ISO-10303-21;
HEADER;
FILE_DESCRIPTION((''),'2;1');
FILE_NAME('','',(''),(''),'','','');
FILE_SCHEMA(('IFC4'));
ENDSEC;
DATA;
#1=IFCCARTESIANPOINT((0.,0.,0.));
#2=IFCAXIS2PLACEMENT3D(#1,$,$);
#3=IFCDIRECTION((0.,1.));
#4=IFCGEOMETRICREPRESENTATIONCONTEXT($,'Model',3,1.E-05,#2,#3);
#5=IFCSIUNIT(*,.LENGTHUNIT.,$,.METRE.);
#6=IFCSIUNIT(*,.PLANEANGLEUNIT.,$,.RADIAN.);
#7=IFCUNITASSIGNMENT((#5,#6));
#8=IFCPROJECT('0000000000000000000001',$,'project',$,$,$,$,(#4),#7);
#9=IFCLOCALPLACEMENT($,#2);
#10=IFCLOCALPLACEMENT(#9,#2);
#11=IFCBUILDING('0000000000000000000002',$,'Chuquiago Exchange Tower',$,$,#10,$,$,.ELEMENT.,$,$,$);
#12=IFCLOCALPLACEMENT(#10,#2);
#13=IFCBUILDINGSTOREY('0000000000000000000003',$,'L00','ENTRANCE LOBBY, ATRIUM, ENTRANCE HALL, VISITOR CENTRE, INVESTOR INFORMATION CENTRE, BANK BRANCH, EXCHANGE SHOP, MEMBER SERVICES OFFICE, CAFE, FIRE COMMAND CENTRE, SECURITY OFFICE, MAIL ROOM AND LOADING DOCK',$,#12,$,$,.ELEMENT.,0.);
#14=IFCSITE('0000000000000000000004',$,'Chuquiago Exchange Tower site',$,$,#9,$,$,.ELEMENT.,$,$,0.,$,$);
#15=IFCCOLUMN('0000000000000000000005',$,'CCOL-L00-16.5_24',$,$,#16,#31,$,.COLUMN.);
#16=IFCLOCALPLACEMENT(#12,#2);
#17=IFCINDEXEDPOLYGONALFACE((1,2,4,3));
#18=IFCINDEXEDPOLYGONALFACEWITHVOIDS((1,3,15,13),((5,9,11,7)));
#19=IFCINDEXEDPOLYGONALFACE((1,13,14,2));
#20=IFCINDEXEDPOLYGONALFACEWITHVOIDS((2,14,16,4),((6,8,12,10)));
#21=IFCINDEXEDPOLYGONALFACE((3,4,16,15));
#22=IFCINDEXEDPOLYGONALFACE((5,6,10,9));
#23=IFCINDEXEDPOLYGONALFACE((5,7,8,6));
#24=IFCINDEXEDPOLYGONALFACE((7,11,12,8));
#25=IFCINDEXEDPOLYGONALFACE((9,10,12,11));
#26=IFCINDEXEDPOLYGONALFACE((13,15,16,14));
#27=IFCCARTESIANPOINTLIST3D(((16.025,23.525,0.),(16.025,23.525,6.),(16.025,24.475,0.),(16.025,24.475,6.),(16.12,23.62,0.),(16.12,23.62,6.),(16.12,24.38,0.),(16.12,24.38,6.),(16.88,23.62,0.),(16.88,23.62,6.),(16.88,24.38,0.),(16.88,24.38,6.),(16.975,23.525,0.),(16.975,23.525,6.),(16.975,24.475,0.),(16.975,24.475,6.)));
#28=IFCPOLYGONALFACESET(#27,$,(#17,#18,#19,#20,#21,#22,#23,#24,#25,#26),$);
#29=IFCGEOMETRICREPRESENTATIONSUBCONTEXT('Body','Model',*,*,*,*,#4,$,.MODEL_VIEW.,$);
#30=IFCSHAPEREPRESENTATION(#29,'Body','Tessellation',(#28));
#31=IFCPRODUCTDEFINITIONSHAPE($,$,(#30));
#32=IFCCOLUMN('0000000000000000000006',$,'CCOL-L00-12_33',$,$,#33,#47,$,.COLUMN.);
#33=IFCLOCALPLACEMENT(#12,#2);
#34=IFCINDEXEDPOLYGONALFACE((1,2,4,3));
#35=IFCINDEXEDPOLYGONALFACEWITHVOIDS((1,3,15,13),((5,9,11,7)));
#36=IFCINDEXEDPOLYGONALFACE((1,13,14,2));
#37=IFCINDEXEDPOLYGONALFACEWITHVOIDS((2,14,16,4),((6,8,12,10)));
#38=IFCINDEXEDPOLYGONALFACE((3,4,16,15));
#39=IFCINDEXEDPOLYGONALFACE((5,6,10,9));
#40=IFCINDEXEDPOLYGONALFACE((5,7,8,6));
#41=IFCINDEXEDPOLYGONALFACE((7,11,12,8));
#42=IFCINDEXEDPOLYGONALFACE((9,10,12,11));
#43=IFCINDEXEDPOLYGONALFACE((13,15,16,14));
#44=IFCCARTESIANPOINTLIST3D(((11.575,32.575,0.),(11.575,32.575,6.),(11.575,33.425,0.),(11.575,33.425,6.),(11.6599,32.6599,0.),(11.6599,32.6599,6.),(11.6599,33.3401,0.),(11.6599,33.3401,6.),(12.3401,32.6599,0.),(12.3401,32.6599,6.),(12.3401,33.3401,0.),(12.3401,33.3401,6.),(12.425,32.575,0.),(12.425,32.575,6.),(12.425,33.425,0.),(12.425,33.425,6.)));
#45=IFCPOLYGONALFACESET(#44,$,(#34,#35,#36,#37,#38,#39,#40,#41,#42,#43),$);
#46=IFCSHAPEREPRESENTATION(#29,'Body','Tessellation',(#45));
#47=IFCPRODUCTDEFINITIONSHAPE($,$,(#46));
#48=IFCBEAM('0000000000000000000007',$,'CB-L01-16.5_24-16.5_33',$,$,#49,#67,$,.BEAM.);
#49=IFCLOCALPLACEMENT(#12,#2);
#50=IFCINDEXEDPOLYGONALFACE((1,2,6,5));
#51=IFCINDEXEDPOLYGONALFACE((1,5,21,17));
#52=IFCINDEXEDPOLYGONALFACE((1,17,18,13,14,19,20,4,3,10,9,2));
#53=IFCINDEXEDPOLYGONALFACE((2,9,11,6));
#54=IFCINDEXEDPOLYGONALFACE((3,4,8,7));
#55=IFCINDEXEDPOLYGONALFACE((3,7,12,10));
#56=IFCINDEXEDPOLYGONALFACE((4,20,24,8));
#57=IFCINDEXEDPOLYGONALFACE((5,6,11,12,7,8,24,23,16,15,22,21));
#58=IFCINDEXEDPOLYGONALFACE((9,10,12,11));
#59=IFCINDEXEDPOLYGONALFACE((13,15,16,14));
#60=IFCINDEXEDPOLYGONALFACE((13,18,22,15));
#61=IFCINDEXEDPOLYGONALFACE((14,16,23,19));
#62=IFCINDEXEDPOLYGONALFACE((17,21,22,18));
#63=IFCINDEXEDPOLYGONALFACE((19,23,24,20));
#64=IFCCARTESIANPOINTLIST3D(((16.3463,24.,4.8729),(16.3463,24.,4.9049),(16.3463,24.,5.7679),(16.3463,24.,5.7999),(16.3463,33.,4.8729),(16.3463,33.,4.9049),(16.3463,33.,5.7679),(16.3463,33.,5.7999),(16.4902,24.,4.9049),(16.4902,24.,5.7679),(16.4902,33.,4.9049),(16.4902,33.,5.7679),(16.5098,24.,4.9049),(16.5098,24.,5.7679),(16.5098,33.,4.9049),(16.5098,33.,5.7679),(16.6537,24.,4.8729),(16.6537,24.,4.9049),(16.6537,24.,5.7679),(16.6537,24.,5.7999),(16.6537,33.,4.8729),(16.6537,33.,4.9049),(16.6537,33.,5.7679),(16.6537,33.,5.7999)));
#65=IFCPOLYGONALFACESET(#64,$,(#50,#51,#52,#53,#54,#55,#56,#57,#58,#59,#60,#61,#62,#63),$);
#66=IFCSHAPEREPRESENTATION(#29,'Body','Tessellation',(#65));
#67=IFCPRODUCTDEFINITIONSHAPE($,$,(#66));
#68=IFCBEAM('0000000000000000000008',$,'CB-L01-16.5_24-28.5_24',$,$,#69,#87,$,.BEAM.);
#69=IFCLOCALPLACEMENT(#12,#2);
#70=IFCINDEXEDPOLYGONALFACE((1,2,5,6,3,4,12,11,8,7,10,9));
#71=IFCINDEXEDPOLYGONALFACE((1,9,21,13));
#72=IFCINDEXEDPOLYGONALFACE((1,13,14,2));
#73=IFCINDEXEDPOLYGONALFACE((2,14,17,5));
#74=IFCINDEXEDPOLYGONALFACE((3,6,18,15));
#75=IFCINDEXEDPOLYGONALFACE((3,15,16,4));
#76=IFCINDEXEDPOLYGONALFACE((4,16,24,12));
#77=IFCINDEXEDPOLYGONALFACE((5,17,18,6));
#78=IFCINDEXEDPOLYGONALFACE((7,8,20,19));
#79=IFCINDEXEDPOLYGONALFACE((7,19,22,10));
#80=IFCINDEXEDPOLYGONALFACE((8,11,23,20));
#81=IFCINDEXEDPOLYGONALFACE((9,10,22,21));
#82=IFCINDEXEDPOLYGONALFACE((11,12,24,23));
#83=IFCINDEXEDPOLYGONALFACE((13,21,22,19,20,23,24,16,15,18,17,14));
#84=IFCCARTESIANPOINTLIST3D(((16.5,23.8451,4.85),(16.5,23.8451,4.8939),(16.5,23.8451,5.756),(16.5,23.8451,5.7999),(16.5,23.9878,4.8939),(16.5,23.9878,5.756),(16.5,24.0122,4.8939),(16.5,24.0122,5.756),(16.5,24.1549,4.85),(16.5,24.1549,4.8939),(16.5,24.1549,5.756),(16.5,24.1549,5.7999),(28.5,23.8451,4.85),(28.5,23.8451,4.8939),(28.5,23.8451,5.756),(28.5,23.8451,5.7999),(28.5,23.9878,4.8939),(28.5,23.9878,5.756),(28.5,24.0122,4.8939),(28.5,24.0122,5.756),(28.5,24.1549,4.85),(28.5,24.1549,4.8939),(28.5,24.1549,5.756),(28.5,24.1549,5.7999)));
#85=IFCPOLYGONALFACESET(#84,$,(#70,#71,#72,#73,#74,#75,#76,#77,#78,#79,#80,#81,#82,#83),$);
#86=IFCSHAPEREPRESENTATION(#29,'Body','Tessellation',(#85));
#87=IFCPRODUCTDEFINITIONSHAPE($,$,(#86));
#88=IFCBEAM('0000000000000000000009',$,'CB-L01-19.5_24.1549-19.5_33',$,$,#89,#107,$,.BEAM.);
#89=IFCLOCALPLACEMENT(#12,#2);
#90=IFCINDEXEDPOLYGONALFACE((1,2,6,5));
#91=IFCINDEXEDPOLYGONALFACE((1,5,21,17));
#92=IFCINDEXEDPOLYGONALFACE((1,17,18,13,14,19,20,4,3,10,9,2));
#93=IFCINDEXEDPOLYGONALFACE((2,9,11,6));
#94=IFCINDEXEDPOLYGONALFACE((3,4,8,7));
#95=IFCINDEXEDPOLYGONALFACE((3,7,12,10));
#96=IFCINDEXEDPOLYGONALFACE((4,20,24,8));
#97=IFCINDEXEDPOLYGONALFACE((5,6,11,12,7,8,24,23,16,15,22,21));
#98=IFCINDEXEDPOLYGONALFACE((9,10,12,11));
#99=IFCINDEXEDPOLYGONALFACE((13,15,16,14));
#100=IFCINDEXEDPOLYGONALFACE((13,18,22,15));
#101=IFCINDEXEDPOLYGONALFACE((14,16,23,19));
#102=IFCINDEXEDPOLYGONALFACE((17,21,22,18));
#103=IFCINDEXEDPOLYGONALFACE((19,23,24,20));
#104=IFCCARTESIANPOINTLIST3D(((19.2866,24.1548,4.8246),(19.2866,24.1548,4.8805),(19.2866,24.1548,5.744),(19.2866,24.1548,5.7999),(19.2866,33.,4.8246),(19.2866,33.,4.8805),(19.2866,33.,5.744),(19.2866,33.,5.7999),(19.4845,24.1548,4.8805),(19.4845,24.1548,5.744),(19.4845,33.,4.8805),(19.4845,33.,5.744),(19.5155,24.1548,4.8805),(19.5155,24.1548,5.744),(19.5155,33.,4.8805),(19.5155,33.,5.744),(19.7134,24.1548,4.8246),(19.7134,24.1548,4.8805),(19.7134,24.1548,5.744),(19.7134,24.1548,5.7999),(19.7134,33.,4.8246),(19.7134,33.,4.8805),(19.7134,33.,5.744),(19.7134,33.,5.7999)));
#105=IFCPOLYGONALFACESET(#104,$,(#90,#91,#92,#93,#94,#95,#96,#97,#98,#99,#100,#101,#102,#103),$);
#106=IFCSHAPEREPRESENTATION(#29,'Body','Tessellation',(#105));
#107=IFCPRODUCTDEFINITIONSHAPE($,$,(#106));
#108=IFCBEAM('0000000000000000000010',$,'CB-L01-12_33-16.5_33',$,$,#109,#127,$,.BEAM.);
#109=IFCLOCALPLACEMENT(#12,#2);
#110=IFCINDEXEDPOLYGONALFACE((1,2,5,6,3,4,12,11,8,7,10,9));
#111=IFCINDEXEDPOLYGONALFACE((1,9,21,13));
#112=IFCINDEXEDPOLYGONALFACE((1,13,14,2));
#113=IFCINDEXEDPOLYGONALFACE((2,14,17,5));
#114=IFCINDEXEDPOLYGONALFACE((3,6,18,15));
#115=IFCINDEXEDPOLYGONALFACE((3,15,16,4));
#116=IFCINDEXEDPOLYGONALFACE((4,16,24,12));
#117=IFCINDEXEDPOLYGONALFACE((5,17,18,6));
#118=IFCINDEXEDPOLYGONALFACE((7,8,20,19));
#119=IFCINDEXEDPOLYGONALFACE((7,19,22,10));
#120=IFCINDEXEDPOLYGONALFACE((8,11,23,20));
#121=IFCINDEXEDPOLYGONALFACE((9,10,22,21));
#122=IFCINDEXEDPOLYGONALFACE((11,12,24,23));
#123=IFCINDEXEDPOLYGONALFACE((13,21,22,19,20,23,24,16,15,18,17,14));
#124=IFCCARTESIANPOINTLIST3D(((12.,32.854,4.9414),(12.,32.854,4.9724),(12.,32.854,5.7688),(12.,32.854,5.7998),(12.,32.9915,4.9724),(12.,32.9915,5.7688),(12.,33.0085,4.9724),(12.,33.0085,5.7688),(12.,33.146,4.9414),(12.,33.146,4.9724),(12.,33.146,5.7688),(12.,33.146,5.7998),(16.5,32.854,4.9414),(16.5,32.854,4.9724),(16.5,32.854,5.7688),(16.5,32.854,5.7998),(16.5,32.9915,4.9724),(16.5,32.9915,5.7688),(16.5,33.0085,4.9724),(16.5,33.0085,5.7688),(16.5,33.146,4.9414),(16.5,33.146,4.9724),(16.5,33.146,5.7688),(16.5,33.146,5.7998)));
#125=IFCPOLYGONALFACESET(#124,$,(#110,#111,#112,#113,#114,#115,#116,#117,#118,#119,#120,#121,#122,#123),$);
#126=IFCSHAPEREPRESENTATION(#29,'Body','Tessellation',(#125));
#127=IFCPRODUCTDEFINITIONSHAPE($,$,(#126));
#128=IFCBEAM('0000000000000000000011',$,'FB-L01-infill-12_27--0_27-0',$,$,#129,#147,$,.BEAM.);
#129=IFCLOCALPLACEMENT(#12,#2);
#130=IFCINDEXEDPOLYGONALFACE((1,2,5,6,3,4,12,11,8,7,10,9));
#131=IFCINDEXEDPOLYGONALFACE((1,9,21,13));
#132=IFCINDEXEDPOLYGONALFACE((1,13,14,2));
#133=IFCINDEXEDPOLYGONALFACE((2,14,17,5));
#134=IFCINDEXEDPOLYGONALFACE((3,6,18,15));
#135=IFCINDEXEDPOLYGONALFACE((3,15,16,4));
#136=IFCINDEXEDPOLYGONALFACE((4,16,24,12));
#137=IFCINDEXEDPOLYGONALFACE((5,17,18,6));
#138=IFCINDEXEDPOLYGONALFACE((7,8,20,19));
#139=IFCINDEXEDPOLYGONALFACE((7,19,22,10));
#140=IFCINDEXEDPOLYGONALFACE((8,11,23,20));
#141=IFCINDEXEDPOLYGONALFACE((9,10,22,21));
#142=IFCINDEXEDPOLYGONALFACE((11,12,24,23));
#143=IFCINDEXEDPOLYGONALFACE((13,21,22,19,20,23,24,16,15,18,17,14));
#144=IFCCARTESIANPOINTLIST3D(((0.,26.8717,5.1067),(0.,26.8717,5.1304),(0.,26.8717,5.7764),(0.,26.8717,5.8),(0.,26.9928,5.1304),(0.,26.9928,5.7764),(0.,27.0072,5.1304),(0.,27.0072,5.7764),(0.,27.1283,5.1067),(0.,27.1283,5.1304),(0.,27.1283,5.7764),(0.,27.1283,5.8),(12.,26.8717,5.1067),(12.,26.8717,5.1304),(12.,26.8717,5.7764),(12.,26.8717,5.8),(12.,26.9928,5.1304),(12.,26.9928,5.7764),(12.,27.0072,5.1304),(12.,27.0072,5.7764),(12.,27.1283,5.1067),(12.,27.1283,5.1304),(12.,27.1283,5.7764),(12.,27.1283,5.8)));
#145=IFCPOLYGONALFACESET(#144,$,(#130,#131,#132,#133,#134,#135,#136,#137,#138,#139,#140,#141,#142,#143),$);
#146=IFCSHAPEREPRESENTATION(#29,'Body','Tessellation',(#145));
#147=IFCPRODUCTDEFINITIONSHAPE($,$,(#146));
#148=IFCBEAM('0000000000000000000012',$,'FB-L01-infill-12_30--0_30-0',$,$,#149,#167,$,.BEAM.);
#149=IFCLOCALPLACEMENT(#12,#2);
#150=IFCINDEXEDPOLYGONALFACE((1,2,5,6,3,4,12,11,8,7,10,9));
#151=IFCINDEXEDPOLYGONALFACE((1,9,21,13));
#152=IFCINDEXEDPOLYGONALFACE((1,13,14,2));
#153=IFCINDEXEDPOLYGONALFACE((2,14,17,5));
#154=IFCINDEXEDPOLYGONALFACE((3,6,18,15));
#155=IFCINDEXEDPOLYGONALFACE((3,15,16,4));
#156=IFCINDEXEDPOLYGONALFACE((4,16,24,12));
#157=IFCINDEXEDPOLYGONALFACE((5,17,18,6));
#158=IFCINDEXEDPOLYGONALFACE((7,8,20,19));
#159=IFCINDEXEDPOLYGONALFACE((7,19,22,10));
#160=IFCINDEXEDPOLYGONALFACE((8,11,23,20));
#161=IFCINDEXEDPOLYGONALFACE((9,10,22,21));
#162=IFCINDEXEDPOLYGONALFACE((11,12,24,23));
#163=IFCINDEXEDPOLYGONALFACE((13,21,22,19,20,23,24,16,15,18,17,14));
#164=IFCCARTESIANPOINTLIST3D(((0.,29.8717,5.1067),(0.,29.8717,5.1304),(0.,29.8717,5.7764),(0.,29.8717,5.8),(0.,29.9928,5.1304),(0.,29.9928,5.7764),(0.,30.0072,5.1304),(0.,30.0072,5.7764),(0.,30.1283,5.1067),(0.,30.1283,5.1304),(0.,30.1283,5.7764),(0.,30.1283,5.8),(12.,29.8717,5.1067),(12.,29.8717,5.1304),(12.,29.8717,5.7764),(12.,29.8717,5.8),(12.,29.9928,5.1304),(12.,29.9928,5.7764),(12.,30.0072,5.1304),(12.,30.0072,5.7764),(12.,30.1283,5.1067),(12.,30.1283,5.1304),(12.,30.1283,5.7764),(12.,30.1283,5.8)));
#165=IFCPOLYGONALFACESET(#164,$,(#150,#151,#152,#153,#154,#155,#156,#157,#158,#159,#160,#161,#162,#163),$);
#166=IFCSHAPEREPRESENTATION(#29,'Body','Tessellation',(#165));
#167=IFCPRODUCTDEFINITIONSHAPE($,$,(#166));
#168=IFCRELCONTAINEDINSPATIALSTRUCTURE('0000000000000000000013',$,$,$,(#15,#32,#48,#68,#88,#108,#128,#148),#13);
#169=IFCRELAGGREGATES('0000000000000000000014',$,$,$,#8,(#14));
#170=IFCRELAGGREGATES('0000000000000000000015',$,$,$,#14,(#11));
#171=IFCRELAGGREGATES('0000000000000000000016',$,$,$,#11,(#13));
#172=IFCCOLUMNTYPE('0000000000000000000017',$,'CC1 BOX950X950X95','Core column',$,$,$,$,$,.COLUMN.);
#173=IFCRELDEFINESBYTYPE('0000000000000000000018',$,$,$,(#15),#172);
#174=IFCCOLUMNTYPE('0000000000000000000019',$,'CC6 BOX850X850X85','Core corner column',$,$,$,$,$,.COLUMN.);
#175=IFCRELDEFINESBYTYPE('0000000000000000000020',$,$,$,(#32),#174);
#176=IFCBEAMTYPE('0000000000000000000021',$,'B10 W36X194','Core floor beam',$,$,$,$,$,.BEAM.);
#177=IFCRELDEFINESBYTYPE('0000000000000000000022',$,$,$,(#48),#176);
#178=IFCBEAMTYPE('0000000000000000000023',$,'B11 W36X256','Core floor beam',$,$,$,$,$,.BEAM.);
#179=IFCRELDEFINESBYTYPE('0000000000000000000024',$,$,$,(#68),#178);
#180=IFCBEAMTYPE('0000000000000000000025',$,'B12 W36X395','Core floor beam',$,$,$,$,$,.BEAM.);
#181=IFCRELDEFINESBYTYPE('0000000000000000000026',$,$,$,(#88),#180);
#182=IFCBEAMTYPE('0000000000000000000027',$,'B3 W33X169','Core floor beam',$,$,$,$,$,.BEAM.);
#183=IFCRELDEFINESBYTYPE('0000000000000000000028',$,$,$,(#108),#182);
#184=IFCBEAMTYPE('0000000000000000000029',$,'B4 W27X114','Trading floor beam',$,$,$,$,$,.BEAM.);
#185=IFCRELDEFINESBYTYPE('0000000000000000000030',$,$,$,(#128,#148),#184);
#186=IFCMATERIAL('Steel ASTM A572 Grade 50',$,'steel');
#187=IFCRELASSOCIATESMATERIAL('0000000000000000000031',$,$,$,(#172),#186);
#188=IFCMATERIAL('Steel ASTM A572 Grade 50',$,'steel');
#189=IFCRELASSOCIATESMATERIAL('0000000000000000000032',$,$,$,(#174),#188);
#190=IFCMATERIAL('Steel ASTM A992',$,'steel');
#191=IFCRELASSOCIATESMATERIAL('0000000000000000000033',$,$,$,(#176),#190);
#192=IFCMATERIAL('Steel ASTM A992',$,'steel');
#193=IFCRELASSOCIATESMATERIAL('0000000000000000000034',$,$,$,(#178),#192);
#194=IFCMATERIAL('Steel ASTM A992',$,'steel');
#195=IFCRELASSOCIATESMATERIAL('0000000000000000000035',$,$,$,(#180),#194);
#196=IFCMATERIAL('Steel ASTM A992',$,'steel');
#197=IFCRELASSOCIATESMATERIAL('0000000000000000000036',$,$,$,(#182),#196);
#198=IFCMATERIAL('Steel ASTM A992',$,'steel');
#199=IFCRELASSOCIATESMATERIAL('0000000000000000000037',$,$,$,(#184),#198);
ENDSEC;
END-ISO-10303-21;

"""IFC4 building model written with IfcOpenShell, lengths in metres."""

from ifc_helpers import new_model, si_unit, direction, frame, origin, origin_2d, place, context, subcontext, project, spatial, hollow_rectangle, i_section, extrude, material, material_profile, profile_set, type_object, element, save


model = new_model("IFC4")

# Units and contexts
model_context = context("Model", 3, precision=1e-05, world=origin(), true_north=direction((0.0, 1.0)))
body_context = subcontext(model_context, "Body", "Model", "MODEL_VIEW")
ifc_project = project(units=[si_unit("LENGTHUNIT", "METRE"), si_unit("PLANEANGLEUNIT", "RADIAN")], contexts=[model_context])

# Site, building, storey
site_placement = place(None, origin())
site = spatial("IfcSite", under=ifc_project, at=site_placement, Name="Chuquiago Exchange Tower site", CompositionType="ELEMENT", RefElevation=0.0)
building_placement = place(site_placement, origin())
building = spatial("IfcBuilding", under=site, at=building_placement, Name="Chuquiago Exchange Tower", CompositionType="ELEMENT")
storey_placement = place(building_placement, origin())
storey = spatial("IfcBuildingStorey", under=building, at=storey_placement, Name="L00", Description="ENTRANCE LOBBY, ATRIUM, ENTRANCE HALL, VISITOR CENTRE, INVESTOR INFORMATION CENTRE, BANK BRANCH, EXCHANGE SHOP, MEMBER SERVICES OFFICE, CAFE, FIRE COMMAND CENTRE, SECURITY OFFICE, MAIL ROOM AND LOADING DOCK", CompositionType="ELEMENT", Elevation=0.0)

# Columns
ifc_material_1 = material(Name="Steel ASTM A572 Grade 50", Category="steel")
ifc_material_profile_1 = material_profile(ifc_material_1, hollow_rectangle(XDim=0.95, YDim=0.95, WallThickness=0.095, at=origin_2d()), Name="BOX950X950X95")
ifc_profile_set_1 = profile_set([ifc_material_profile_1], Name="Steel ASTM A572 Grade 50")
column_type_1 = type_object("IfcColumnType", Name="CC1 BOX950X950X95", Description="Core column", PredefinedType="COLUMN", material=ifc_profile_set_1)
column_1_placement = place(storey_placement, frame((16.5, 24.0, 0.0), z_axis=(0.0, 0.0, 1.0), x_axis=(1.0, 0.0, 0.0)))
element("IfcColumn", 1, at=column_1_placement, inside=storey, type_object=column_type_1, Name="CCOL-L00-16.5_24", PredefinedType="COLUMN", context=body_context, shape_type="SweptSolid", body=[
    extrude(hollow_rectangle(XDim=0.95, YDim=0.95, WallThickness=0.095, at=origin_2d()), origin(), (0.0, 0.0, 1.0), 6.0),
])
ifc_material_2 = material(Name="Steel ASTM A572 Grade 50", Category="steel")
ifc_material_profile_2 = material_profile(ifc_material_2, hollow_rectangle(XDim=0.8501, YDim=0.8501, WallThickness=0.085, at=origin_2d()), Name="BOX850X850X85")
ifc_profile_set_2 = profile_set([ifc_material_profile_2], Name="Steel ASTM A572 Grade 50")
column_type_2 = type_object("IfcColumnType", Name="CC6 BOX850X850X85", Description="Core corner column", PredefinedType="COLUMN", material=ifc_profile_set_2)
column_2_placement = place(storey_placement, frame((12.0, 33.0, 0.0), z_axis=(0.0, 0.0, 1.0), x_axis=(1.0, 0.0, 0.0)))
element("IfcColumn", 2, at=column_2_placement, inside=storey, type_object=column_type_2, Name="CCOL-L00-12_33", PredefinedType="COLUMN", context=body_context, shape_type="SweptSolid", body=[
    extrude(hollow_rectangle(XDim=0.8501, YDim=0.8501, WallThickness=0.085, at=origin_2d()), origin(), (0.0, 0.0, 1.0), 6.0),
])

# Beams
ifc_material_3 = material(Name="Steel ASTM A992", Category="steel")
ifc_material_profile_3 = material_profile(ifc_material_3, i_section(OverallWidth=0.3074, OverallDepth=0.927, WebThickness=0.0195, FlangeThickness=0.032, at=origin_2d()), Name="W36X194")
ifc_profile_set_3 = profile_set([ifc_material_profile_3], Name="Steel ASTM A992")
beam_type_1 = type_object("IfcBeamType", Name="B10 W36X194", Description="Core floor beam", PredefinedType="BEAM", material=ifc_profile_set_3)
beam_1_placement = place(storey_placement, frame((16.5, 24.0, 5.3364), z_axis=(0.0, 1.0, 0.0), x_axis=(-1.0, 0.0, 0.0)))
element("IfcBeam", 3, at=beam_1_placement, inside=storey, type_object=beam_type_1, Name="CB-L01-16.5_24-16.5_33", PredefinedType="BEAM", context=body_context, shape_type="SweptSolid", body=[
    extrude(i_section(OverallWidth=0.3074, OverallDepth=0.927, WebThickness=0.0195, FlangeThickness=0.032, at=origin_2d()), origin(), (0.0, 0.0, 1.0), 9.0),
])
ifc_material_4 = material(Name="Steel ASTM A992", Category="steel")
ifc_material_profile_4 = material_profile(ifc_material_4, i_section(OverallWidth=0.3098, OverallDepth=0.95, WebThickness=0.0244, FlangeThickness=0.0439, at=origin_2d()), Name="W36X256")
ifc_profile_set_4 = profile_set([ifc_material_profile_4], Name="Steel ASTM A992")
beam_type_2 = type_object("IfcBeamType", Name="B11 W36X256", Description="Core floor beam", PredefinedType="BEAM", material=ifc_profile_set_4)
beam_2_placement = place(storey_placement, frame((16.5, 24.0, 5.325), z_axis=(1.0, 0.0, 0.0), x_axis=(0.0, 1.0, 0.0)))
element("IfcBeam", 4, at=beam_2_placement, inside=storey, type_object=beam_type_2, Name="CB-L01-16.5_24-28.5_24", PredefinedType="BEAM", context=body_context, shape_type="SweptSolid", body=[
    extrude(i_section(OverallWidth=0.3098, OverallDepth=0.95, WebThickness=0.0244, FlangeThickness=0.0439, at=origin_2d()), origin(), (0.0, 0.0, 1.0), 12.0),
])
ifc_material_5 = material(Name="Steel ASTM A992", Category="steel")
ifc_material_profile_5 = material_profile(ifc_material_5, i_section(OverallWidth=0.4268, OverallDepth=0.9753, WebThickness=0.031, FlangeThickness=0.0559, at=origin_2d()), Name="W36X395")
ifc_profile_set_5 = profile_set([ifc_material_profile_5], Name="Steel ASTM A992")
beam_type_3 = type_object("IfcBeamType", Name="B12 W36X395", Description="Core floor beam", PredefinedType="BEAM", material=ifc_profile_set_5)
beam_3_placement = place(storey_placement, frame((19.5, 24.1548, 5.3123), z_axis=(0.0, 1.0, 0.0), x_axis=(-1.0, 0.0, 0.0)))
element("IfcBeam", 5, at=beam_3_placement, inside=storey, type_object=beam_type_3, Name="CB-L01-19.5_24.1549-19.5_33", PredefinedType="BEAM", context=body_context, shape_type="SweptSolid", body=[
    extrude(i_section(OverallWidth=0.4268, OverallDepth=0.9753, WebThickness=0.031, FlangeThickness=0.0559, at=origin_2d()), origin(), (0.0, 0.0, 1.0), 8.8452),
])
ifc_material_6 = material(Name="Steel ASTM A992", Category="steel")
ifc_material_profile_6 = material_profile(ifc_material_6, i_section(OverallWidth=0.292, OverallDepth=0.8584, WebThickness=0.0171, FlangeThickness=0.031, at=origin_2d()), Name="W33X169")
ifc_profile_set_6 = profile_set([ifc_material_profile_6], Name="Steel ASTM A992")
beam_type_4 = type_object("IfcBeamType", Name="B3 W33X169", Description="Core floor beam", PredefinedType="BEAM", material=ifc_profile_set_6)
beam_4_placement = place(storey_placement, frame((12.0, 33.0, 5.3706), z_axis=(1.0, 0.0, 0.0), x_axis=(0.0, 1.0, 0.0)))
element("IfcBeam", 6, at=beam_4_placement, inside=storey, type_object=beam_type_4, Name="CB-L01-12_33-16.5_33", PredefinedType="BEAM", context=body_context, shape_type="SweptSolid", body=[
    extrude(i_section(OverallWidth=0.292, OverallDepth=0.8584, WebThickness=0.0171, FlangeThickness=0.031, at=origin_2d()), origin(), (0.0, 0.0, 1.0), 4.5),
])
ifc_material_7 = material(Name="Steel ASTM A992", Category="steel")
ifc_material_profile_7 = material_profile(ifc_material_7, i_section(OverallWidth=0.2566, OverallDepth=0.6934, WebThickness=0.0144, FlangeThickness=0.0237, at=origin_2d()), Name="W27X114")
ifc_profile_set_7 = profile_set([ifc_material_profile_7], Name="Steel ASTM A992")
beam_type_5 = type_object("IfcBeamType", Name="B4 W27X114", Description="Trading floor beam", PredefinedType="BEAM", material=ifc_profile_set_7)
for number, where, z_axis, x_axis, name in (
    (7, (12.0, 27.0, 5.4534), (-1.0, 0.0, 0.0), (0.0, -1.0, 0.0), "FB-L01-infill-12_27--0_27-0"),
    (8, (12.0, 30.0, 5.4534), (-1.0, 0.0, 0.0), (0.0, -1.0, 0.0), "FB-L01-infill-12_30--0_30-0"),
):
    element("IfcBeam", number, at=place(storey_placement, frame(where, z_axis=z_axis, x_axis=x_axis)), inside=storey, type_object=beam_type_5, Name=name, PredefinedType="BEAM", context=body_context, shape_type="SweptSolid", body=[
        extrude(i_section(OverallWidth=0.2566, OverallDepth=0.6934, WebThickness=0.0144, FlangeThickness=0.0237, at=origin_2d()), origin(), (0.0, 0.0, 1.0), 12.0),
    ])

save(model, "model.ifc")
